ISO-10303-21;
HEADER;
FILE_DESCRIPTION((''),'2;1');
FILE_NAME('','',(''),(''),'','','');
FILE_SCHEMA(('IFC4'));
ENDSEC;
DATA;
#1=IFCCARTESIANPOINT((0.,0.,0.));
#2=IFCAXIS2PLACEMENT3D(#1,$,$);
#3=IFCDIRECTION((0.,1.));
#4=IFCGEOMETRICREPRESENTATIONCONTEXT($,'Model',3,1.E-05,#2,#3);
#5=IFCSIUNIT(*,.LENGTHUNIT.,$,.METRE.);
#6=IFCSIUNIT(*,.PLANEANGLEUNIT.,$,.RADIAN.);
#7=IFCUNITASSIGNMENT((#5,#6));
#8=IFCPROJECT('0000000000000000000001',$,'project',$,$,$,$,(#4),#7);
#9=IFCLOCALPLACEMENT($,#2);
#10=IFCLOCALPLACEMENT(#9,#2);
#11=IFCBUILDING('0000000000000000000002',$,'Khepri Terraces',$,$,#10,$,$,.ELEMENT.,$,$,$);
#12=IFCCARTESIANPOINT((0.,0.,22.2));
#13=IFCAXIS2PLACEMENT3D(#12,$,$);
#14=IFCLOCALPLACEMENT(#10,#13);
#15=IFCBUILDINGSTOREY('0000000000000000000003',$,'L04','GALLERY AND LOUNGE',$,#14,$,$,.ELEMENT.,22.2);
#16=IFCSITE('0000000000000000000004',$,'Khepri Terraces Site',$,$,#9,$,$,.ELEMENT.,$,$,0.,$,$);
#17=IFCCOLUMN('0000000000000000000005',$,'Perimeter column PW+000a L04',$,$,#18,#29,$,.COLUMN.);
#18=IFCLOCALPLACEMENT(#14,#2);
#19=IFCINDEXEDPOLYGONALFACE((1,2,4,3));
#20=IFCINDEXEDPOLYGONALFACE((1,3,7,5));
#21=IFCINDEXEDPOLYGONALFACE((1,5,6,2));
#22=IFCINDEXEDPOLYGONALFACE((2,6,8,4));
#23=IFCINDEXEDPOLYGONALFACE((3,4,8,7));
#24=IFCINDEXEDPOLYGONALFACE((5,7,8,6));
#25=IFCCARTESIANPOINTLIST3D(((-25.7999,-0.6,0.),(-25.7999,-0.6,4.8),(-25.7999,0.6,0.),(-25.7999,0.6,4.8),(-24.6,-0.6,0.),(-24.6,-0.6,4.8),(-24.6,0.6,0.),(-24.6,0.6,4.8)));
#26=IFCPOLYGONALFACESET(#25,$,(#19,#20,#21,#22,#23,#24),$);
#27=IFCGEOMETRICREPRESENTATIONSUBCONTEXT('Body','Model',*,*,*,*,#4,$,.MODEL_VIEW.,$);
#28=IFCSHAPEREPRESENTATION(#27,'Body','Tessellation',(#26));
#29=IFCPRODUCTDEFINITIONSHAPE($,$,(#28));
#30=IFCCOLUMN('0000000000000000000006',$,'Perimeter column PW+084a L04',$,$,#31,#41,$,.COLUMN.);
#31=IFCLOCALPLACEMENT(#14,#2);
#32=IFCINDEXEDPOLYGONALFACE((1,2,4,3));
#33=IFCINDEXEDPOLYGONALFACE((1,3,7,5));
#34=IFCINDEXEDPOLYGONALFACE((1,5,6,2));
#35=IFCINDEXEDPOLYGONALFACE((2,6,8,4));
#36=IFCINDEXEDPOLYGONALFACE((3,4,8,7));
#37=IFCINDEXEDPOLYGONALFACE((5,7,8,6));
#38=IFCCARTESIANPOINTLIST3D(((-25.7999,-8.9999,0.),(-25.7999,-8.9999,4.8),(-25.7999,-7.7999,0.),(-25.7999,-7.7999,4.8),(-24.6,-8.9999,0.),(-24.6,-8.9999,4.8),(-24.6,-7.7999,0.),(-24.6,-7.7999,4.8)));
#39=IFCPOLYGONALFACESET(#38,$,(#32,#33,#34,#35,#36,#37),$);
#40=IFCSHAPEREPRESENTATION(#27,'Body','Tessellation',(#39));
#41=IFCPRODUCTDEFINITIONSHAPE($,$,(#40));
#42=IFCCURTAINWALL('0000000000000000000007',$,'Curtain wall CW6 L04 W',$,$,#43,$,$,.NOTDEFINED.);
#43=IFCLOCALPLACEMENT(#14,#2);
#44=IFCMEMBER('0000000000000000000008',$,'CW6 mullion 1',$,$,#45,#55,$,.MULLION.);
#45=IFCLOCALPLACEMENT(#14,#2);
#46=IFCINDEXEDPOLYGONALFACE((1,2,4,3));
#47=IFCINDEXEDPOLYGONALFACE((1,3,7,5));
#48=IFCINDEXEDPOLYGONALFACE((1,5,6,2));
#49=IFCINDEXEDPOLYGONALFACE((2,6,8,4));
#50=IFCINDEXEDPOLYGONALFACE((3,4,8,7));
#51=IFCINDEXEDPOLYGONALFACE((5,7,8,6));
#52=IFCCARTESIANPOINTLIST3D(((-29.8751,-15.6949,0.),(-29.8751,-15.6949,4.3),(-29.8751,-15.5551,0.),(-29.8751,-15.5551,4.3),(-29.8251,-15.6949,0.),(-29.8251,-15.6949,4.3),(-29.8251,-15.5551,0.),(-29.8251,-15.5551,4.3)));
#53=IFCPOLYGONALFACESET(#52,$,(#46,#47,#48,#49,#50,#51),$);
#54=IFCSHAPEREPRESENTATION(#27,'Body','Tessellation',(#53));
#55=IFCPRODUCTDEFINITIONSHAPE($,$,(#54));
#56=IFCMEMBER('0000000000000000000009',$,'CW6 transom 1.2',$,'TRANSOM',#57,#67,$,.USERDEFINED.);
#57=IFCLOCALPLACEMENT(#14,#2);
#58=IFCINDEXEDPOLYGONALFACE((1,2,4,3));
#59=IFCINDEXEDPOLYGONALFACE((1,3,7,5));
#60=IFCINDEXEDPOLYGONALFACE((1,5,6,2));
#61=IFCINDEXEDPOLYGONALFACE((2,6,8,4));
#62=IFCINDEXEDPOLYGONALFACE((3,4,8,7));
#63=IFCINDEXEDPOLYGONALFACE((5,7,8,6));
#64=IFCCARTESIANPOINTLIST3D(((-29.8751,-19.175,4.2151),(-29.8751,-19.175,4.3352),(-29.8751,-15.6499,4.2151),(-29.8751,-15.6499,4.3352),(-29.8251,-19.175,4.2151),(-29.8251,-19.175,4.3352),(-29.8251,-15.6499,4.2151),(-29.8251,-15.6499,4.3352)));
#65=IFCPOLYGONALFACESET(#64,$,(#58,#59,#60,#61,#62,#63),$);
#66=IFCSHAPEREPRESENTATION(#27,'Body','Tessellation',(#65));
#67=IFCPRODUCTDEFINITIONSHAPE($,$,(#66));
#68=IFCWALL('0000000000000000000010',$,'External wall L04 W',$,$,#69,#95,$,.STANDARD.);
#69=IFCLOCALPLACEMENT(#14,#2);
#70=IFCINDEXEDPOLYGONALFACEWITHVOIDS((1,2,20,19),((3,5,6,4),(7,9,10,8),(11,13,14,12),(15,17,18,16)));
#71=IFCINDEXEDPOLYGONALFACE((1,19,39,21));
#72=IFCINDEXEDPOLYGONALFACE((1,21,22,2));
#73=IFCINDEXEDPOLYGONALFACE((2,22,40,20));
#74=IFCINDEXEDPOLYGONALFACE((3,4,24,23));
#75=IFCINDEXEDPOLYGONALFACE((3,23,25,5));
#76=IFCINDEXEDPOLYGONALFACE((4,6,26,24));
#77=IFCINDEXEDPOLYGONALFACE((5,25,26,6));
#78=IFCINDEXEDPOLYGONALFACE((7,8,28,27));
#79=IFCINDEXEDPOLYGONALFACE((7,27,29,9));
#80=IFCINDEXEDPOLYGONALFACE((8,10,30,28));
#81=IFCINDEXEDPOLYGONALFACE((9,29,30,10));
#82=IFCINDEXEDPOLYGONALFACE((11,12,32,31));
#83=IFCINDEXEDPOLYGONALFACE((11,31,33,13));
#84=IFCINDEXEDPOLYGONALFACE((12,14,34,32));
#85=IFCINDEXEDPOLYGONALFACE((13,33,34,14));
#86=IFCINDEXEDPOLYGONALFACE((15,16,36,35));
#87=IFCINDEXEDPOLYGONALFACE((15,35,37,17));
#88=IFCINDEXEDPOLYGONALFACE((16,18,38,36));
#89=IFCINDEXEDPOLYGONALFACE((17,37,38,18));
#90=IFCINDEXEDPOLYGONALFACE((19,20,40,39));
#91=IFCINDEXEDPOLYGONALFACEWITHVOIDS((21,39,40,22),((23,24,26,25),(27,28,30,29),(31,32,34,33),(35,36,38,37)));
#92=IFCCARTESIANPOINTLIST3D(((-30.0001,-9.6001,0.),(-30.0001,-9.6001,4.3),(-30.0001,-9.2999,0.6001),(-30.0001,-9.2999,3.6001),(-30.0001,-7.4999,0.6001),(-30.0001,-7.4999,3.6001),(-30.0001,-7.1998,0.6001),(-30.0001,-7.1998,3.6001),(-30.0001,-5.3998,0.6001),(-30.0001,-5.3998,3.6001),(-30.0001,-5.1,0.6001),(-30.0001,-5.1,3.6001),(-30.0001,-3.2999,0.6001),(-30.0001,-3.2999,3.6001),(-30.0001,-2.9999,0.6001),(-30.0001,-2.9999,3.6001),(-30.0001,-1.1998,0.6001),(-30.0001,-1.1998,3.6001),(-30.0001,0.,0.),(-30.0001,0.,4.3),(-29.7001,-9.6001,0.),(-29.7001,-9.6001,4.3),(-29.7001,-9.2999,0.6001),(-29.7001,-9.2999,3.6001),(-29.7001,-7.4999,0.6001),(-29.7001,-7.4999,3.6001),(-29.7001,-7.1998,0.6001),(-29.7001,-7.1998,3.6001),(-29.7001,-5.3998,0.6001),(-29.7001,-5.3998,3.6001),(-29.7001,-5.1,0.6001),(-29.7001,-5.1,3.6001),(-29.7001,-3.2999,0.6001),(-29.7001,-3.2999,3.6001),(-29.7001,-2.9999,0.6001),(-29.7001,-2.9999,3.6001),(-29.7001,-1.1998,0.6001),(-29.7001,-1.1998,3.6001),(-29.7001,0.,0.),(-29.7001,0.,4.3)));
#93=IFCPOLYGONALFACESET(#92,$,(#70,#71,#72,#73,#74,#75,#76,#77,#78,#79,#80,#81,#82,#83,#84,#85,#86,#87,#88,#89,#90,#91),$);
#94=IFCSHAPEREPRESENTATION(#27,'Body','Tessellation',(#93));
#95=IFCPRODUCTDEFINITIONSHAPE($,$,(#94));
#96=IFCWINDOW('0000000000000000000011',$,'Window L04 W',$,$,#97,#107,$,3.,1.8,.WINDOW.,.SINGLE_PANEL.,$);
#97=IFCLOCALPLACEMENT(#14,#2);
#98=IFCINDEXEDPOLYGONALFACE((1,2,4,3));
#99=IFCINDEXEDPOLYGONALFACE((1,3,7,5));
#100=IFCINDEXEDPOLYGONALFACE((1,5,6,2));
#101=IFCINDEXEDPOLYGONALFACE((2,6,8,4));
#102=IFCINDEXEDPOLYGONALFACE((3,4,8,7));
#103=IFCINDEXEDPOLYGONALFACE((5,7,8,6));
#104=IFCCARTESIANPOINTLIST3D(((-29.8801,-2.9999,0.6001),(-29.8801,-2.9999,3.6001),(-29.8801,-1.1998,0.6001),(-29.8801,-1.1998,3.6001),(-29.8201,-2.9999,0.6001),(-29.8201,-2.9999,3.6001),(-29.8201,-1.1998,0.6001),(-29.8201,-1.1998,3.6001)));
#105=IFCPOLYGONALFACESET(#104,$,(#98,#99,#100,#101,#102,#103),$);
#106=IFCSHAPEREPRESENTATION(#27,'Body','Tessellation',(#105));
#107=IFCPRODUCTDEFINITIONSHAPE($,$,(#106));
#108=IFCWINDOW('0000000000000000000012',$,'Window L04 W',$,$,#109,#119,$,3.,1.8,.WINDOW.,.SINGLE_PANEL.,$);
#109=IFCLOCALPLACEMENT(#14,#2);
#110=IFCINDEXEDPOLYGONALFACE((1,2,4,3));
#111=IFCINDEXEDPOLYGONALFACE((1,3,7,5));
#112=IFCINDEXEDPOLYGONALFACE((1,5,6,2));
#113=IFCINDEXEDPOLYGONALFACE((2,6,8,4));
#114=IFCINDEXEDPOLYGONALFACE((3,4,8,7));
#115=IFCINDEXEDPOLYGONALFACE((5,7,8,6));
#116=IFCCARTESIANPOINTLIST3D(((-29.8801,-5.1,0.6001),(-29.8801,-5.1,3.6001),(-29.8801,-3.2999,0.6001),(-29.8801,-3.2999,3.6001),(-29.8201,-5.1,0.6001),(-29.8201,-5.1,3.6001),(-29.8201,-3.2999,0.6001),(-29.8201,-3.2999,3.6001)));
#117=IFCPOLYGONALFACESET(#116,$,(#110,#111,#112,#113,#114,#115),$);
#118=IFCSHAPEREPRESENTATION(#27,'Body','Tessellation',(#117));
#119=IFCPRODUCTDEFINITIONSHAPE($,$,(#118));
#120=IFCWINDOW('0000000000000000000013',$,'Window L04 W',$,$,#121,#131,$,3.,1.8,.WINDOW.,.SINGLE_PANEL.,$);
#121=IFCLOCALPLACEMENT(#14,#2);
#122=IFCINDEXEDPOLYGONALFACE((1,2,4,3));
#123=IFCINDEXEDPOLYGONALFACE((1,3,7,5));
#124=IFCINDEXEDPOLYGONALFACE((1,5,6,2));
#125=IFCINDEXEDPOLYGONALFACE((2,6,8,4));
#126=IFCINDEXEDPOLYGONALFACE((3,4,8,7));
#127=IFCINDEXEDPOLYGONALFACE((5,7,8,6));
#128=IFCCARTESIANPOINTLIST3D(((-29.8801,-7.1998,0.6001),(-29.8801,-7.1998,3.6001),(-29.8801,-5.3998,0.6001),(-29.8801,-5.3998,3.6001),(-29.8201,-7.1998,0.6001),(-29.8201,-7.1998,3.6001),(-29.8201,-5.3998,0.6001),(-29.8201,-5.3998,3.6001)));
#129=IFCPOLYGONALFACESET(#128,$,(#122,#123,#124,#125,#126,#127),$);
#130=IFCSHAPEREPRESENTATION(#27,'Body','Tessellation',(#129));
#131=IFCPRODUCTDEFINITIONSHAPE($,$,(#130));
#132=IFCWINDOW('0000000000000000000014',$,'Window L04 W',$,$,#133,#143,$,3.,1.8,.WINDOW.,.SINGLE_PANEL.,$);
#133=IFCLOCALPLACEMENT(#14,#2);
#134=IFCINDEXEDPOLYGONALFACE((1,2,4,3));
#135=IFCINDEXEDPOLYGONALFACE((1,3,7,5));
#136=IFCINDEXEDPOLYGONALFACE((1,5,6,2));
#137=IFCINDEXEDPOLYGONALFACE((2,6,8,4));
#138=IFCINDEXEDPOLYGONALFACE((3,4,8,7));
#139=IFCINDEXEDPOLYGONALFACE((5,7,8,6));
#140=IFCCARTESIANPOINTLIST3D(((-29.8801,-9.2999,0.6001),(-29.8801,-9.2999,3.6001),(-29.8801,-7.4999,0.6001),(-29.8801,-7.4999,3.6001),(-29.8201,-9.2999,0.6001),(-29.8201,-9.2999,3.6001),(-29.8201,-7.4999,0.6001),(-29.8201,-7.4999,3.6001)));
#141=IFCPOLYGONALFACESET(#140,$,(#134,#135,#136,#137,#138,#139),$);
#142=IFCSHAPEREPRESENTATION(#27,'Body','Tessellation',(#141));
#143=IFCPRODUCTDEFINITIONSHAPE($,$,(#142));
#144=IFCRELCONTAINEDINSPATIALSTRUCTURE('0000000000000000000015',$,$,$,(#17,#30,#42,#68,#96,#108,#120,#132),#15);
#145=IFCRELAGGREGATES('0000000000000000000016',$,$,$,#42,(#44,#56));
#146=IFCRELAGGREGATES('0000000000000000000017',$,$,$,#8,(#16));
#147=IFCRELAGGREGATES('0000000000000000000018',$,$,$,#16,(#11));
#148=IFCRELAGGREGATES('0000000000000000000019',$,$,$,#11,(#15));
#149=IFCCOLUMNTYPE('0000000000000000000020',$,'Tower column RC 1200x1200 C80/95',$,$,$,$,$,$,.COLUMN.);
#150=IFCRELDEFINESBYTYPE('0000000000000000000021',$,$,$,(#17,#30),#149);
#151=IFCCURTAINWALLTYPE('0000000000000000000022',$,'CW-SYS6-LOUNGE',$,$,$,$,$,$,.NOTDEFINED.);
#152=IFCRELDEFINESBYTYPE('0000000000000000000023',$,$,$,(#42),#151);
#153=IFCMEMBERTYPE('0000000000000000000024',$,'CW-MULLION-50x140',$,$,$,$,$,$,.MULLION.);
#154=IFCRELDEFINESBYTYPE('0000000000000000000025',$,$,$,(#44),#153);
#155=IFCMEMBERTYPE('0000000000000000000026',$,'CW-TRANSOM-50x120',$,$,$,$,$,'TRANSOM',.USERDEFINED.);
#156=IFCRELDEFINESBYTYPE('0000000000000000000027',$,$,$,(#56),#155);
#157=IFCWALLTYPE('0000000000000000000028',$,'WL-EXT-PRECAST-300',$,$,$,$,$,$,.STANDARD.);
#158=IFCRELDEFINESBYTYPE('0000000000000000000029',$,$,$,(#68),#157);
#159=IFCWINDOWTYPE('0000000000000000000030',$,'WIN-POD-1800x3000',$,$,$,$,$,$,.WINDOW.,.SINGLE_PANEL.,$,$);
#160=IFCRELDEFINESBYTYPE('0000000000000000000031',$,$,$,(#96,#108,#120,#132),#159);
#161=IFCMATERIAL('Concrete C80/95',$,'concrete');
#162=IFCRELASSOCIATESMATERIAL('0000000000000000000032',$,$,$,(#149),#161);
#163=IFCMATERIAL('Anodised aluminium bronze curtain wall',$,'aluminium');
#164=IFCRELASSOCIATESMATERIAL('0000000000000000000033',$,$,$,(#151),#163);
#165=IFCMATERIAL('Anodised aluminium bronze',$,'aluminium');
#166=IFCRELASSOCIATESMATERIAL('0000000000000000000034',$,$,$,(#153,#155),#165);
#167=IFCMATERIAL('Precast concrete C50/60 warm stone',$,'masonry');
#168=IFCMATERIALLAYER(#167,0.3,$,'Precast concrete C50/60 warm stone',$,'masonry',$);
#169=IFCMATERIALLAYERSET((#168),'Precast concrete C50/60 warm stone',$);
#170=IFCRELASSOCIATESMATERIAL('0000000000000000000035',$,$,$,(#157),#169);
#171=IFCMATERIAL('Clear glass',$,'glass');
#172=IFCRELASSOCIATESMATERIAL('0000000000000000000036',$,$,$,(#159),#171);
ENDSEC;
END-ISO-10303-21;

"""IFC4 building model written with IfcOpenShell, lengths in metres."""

from ifc_helpers import new_model, si_unit, direction, frame, frame_2d, origin, origin_2d, place, context, subcontext, project, spatial, rectangle, extrude, material, layer, layer_set, material_profile, profile_set, type_object, element, fill, aggregate, save


model = new_model("IFC4")

# Units and contexts
model_context = context("Model", 3, precision=1e-05, world=origin(), true_north=direction((0.0, 1.0)))
body_context = subcontext(model_context, "Body", "Model", "MODEL_VIEW")
ifc_project = project(units=[si_unit("LENGTHUNIT", "METRE"), si_unit("PLANEANGLEUNIT", "RADIAN")], contexts=[model_context])

# Site, building, storey
site_placement = place(None, origin())
site = spatial("IfcSite", under=ifc_project, at=site_placement, Name="Khepri Terraces Site", CompositionType="ELEMENT", RefElevation=0.0)
building_placement = place(site_placement, origin())
building = spatial("IfcBuilding", under=site, at=building_placement, Name="Khepri Terraces", CompositionType="ELEMENT")
storey_placement = place(building_placement, frame((0.0, 0.0, 22.2)))
storey = spatial("IfcBuildingStorey", under=building, at=storey_placement, Name="L04", Description="GALLERY AND LOUNGE", CompositionType="ELEMENT", Elevation=22.2)

# Columns
ifc_material_1 = material(Name="Concrete C80/95", Category="concrete")
ifc_material_profile_1 = material_profile(ifc_material_1, rectangle(XDim=1.2, YDim=1.2, at=origin_2d()), Name="Concrete C80/95", Category="concrete")
ifc_profile_set_1 = profile_set([ifc_material_profile_1], Name="Concrete C80/95")
column_type = type_object("IfcColumnType", Name="Tower column RC 1200x1200 C80/95", PredefinedType="COLUMN", material=ifc_profile_set_1)
for number, where, z_axis, x_axis, name in (
    (1, (-25.2, 0.0, 0.0), (0.0, 0.0, 1.0), (1.0, 0.0, 0.0), "Perimeter column PW+000a L04"),
    (2, (-25.2, -8.3999, 0.0), (0.0, 0.0, 1.0), (1.0, 0.0, 0.0), "Perimeter column PW+084a L04"),
):
    element("IfcColumn", number, at=place(storey_placement, frame(where, z_axis=z_axis, x_axis=x_axis)), inside=storey, type_object=column_type, Name=name, PredefinedType="COLUMN", context=body_context, shape_type="SweptSolid", body=[
        extrude(rectangle(XDim=1.2, YDim=1.2, at=origin_2d()), origin(), (0.0, 0.0, 1.0), 4.8),
    ])

# Curtain wall, members
ifc_material_2 = material(Name="Anodised aluminium bronze curtain wall", Category="aluminium")
curtain_wall_type = type_object("IfcCurtainWallType", Name="CW-SYS6-LOUNGE", PredefinedType="NOTDEFINED", material=ifc_material_2)
curtain_wall_placement = place(storey_placement, origin())
curtain_wall = element("IfcCurtainWall", 3, at=curtain_wall_placement, inside=storey, type_object=curtain_wall_type, Name="Curtain wall CW6 L04 W", PredefinedType="NOTDEFINED")
ifc_material_3 = material(Name="Anodised aluminium bronze", Category="aluminium")
ifc_material_profile_2 = material_profile(ifc_material_3, rectangle(XDim=0.05, YDim=0.1399, at=origin_2d()), Name="Anodised aluminium bronze", Category="aluminium")
ifc_profile_set_2 = profile_set([ifc_material_profile_2], Name="Anodised aluminium bronze")
member_type_1 = type_object("IfcMemberType", Name="CW-MULLION-50x140", PredefinedType="MULLION", material=ifc_profile_set_2)
member_1_placement = place(storey_placement, frame((-29.8501, -15.625, 0.0), z_axis=(0.0, 0.0, 1.0), x_axis=(1.0, 0.0, 0.0)))
member_1 = element("IfcMember", 4, at=member_1_placement, type_object=member_type_1, Name="CW6 mullion 1", PredefinedType="MULLION", context=body_context, shape_type="SweptSolid", body=[
    extrude(rectangle(XDim=0.05, YDim=0.1399, at=origin_2d()), origin(), (0.0, 0.0, 1.0), 4.3),
])
ifc_material_profile_3 = material_profile(ifc_material_3, rectangle(XDim=0.05, YDim=0.1201, at=origin_2d()), Name="Anodised aluminium bronze", Category="aluminium")
ifc_profile_set_3 = profile_set([ifc_material_profile_3], Name="Anodised aluminium bronze")
member_type_2 = type_object("IfcMemberType", Name="CW-TRANSOM-50x120", ElementType="TRANSOM", PredefinedType="USERDEFINED", material=ifc_profile_set_3)
member_2_placement = place(storey_placement, frame((-29.8501, -15.6499, 4.2751), z_axis=(0.0, -1.0, 0.0), x_axis=(1.0, 0.0, 0.0)))
member_2 = element("IfcMember", 5, at=member_2_placement, type_object=member_type_2, Name="CW6 transom 1.2", ObjectType="TRANSOM", PredefinedType="USERDEFINED", context=body_context, shape_type="SweptSolid", body=[
    extrude(rectangle(XDim=0.05, YDim=0.1201, at=origin_2d()), origin(), (0.0, 0.0, 1.0), 3.5251),
])
aggregate(curtain_wall, [member_1, member_2])

# Wall, openings, windows
ifc_material_4 = material(Name="Precast concrete C50/60 warm stone", Category="masonry")
ifc_layer_1 = layer(ifc_material_4, 0.3, Name="Precast concrete C50/60 warm stone", Category="masonry")
ifc_layer_set_1 = layer_set([ifc_layer_1], Name="Precast concrete C50/60 warm stone")
wall_type_1 = type_object("IfcWallType", Name="WL-EXT-PRECAST-300", PredefinedType="STANDARD", material=ifc_layer_set_1)
wall_1_placement = place(storey_placement, frame((-29.8501, 0.0, 0.0), z_axis=(0.0, 0.0, 1.0), x_axis=(0.0, -1.0, 0.0)))
wall_1 = element("IfcWall", 6, at=wall_1_placement, inside=storey, type_object=wall_type_1, Name="External wall L04 W", PredefinedType="STANDARD", context=body_context, shape_type="SweptSolid", body=[
    extrude(rectangle(XDim=9.6001, YDim=0.3, at=frame_2d((4.8, 0.0))), origin(), (0.0, 0.0, 1.0), 4.3),
])
opening_1_placement = place(wall_1_placement, frame((1.2, 0.0, 0.6001)))
opening_1 = element("IfcOpeningElement", 7, at=opening_1_placement, cuts=wall_1, PredefinedType="OPENING", context=body_context, shape_type="SweptSolid", body=[
    extrude(rectangle(XDim=1.8, YDim=3.0, at=frame_2d((0.8999, 1.5))), frame((0.0, 0.1602, 0.0), z_axis=(0.0, -1.0, 0.0), x_axis=(1.0, 0.0, 0.0)), (0.0, 0.0, 1.0), 0.3201),
])
opening_2_placement = place(wall_1_placement, frame((3.3, 0.0, 0.6001)))
opening_2 = element("IfcOpeningElement", 8, at=opening_2_placement, cuts=wall_1, PredefinedType="OPENING", context=body_context, shape_type="SweptSolid", body=[
    extrude(rectangle(XDim=1.8, YDim=3.0, at=frame_2d((0.8999, 1.5))), frame((0.0, 0.1602, 0.0), z_axis=(0.0, -1.0, 0.0), x_axis=(1.0, 0.0, 0.0)), (0.0, 0.0, 1.0), 0.3201),
])
opening_3_placement = place(wall_1_placement, frame((5.3999, 0.0, 0.6001)))
opening_3 = element("IfcOpeningElement", 9, at=opening_3_placement, cuts=wall_1, PredefinedType="OPENING", context=body_context, shape_type="SweptSolid", body=[
    extrude(rectangle(XDim=1.8, YDim=3.0, at=frame_2d((0.8999, 1.5))), frame((0.0, 0.1602, 0.0), z_axis=(0.0, -1.0, 0.0), x_axis=(1.0, 0.0, 0.0)), (0.0, 0.0, 1.0), 0.3201),
])
opening_4_placement = place(wall_1_placement, frame((7.5, 0.0, 0.6001)))
opening_4 = element("IfcOpeningElement", 10, at=opening_4_placement, cuts=wall_1, PredefinedType="OPENING", context=body_context, shape_type="SweptSolid", body=[
    extrude(rectangle(XDim=1.8, YDim=3.0, at=frame_2d((0.8999, 1.5))), frame((0.0, 0.1602, 0.0), z_axis=(0.0, -1.0, 0.0), x_axis=(1.0, 0.0, 0.0)), (0.0, 0.0, 1.0), 0.3201),
])
ifc_material_5 = material(Name="Clear glass", Category="glass")
window_type = type_object("IfcWindowType", Name="WIN-POD-1800x3000", PartitioningType="SINGLE_PANEL", PredefinedType="WINDOW", material=ifc_material_5)
window_1_placement = place(opening_1_placement, origin())
window_1 = element("IfcWindow", 11, at=window_1_placement, inside=storey, type_object=window_type, Name="Window L04 W", OverallHeight=3.0, OverallWidth=1.8, PartitioningType="SINGLE_PANEL", PredefinedType="WINDOW", context=body_context, shape_type="SweptSolid", body=[
    extrude(rectangle(XDim=1.8, YDim=3.0, at=frame_2d((0.8999, 1.5))), frame((0.0, 0.03, 0.0), z_axis=(0.0, -1.0, 0.0), x_axis=(1.0, 0.0, 0.0)), (0.0, 0.0, 1.0), 0.0601),
])
fill(opening_1, window_1)
window_2_placement = place(opening_2_placement, origin())
window_2 = element("IfcWindow", 12, at=window_2_placement, inside=storey, type_object=window_type, Name="Window L04 W", OverallHeight=3.0, OverallWidth=1.8, PartitioningType="SINGLE_PANEL", PredefinedType="WINDOW", context=body_context, shape_type="SweptSolid", body=[
    extrude(rectangle(XDim=1.8, YDim=3.0, at=frame_2d((0.8999, 1.5))), frame((0.0, 0.03, 0.0), z_axis=(0.0, -1.0, 0.0), x_axis=(1.0, 0.0, 0.0)), (0.0, 0.0, 1.0), 0.0601),
])
fill(opening_2, window_2)
window_3_placement = place(opening_3_placement, origin())
window_3 = element("IfcWindow", 13, at=window_3_placement, inside=storey, type_object=window_type, Name="Window L04 W", OverallHeight=3.0, OverallWidth=1.8, PartitioningType="SINGLE_PANEL", PredefinedType="WINDOW", context=body_context, shape_type="SweptSolid", body=[
    extrude(rectangle(XDim=1.8, YDim=3.0, at=frame_2d((0.8999, 1.5))), frame((0.0, 0.03, 0.0), z_axis=(0.0, -1.0, 0.0), x_axis=(1.0, 0.0, 0.0)), (0.0, 0.0, 1.0), 0.0601),
])
fill(opening_3, window_3)
window_4_placement = place(opening_4_placement, origin())
window_4 = element("IfcWindow", 14, at=window_4_placement, inside=storey, type_object=window_type, Name="Window L04 W", OverallHeight=3.0, OverallWidth=1.8, PartitioningType="SINGLE_PANEL", PredefinedType="WINDOW", context=body_context, shape_type="SweptSolid", body=[
    extrude(rectangle(XDim=1.8, YDim=3.0, at=frame_2d((0.8999, 1.5))), frame((0.0, 0.03, 0.0), z_axis=(0.0, -1.0, 0.0), x_axis=(1.0, 0.0, 0.0)), (0.0, 0.0, 1.0), 0.0601),
])
fill(opening_4, window_4)

save(model, "model.ifc")
